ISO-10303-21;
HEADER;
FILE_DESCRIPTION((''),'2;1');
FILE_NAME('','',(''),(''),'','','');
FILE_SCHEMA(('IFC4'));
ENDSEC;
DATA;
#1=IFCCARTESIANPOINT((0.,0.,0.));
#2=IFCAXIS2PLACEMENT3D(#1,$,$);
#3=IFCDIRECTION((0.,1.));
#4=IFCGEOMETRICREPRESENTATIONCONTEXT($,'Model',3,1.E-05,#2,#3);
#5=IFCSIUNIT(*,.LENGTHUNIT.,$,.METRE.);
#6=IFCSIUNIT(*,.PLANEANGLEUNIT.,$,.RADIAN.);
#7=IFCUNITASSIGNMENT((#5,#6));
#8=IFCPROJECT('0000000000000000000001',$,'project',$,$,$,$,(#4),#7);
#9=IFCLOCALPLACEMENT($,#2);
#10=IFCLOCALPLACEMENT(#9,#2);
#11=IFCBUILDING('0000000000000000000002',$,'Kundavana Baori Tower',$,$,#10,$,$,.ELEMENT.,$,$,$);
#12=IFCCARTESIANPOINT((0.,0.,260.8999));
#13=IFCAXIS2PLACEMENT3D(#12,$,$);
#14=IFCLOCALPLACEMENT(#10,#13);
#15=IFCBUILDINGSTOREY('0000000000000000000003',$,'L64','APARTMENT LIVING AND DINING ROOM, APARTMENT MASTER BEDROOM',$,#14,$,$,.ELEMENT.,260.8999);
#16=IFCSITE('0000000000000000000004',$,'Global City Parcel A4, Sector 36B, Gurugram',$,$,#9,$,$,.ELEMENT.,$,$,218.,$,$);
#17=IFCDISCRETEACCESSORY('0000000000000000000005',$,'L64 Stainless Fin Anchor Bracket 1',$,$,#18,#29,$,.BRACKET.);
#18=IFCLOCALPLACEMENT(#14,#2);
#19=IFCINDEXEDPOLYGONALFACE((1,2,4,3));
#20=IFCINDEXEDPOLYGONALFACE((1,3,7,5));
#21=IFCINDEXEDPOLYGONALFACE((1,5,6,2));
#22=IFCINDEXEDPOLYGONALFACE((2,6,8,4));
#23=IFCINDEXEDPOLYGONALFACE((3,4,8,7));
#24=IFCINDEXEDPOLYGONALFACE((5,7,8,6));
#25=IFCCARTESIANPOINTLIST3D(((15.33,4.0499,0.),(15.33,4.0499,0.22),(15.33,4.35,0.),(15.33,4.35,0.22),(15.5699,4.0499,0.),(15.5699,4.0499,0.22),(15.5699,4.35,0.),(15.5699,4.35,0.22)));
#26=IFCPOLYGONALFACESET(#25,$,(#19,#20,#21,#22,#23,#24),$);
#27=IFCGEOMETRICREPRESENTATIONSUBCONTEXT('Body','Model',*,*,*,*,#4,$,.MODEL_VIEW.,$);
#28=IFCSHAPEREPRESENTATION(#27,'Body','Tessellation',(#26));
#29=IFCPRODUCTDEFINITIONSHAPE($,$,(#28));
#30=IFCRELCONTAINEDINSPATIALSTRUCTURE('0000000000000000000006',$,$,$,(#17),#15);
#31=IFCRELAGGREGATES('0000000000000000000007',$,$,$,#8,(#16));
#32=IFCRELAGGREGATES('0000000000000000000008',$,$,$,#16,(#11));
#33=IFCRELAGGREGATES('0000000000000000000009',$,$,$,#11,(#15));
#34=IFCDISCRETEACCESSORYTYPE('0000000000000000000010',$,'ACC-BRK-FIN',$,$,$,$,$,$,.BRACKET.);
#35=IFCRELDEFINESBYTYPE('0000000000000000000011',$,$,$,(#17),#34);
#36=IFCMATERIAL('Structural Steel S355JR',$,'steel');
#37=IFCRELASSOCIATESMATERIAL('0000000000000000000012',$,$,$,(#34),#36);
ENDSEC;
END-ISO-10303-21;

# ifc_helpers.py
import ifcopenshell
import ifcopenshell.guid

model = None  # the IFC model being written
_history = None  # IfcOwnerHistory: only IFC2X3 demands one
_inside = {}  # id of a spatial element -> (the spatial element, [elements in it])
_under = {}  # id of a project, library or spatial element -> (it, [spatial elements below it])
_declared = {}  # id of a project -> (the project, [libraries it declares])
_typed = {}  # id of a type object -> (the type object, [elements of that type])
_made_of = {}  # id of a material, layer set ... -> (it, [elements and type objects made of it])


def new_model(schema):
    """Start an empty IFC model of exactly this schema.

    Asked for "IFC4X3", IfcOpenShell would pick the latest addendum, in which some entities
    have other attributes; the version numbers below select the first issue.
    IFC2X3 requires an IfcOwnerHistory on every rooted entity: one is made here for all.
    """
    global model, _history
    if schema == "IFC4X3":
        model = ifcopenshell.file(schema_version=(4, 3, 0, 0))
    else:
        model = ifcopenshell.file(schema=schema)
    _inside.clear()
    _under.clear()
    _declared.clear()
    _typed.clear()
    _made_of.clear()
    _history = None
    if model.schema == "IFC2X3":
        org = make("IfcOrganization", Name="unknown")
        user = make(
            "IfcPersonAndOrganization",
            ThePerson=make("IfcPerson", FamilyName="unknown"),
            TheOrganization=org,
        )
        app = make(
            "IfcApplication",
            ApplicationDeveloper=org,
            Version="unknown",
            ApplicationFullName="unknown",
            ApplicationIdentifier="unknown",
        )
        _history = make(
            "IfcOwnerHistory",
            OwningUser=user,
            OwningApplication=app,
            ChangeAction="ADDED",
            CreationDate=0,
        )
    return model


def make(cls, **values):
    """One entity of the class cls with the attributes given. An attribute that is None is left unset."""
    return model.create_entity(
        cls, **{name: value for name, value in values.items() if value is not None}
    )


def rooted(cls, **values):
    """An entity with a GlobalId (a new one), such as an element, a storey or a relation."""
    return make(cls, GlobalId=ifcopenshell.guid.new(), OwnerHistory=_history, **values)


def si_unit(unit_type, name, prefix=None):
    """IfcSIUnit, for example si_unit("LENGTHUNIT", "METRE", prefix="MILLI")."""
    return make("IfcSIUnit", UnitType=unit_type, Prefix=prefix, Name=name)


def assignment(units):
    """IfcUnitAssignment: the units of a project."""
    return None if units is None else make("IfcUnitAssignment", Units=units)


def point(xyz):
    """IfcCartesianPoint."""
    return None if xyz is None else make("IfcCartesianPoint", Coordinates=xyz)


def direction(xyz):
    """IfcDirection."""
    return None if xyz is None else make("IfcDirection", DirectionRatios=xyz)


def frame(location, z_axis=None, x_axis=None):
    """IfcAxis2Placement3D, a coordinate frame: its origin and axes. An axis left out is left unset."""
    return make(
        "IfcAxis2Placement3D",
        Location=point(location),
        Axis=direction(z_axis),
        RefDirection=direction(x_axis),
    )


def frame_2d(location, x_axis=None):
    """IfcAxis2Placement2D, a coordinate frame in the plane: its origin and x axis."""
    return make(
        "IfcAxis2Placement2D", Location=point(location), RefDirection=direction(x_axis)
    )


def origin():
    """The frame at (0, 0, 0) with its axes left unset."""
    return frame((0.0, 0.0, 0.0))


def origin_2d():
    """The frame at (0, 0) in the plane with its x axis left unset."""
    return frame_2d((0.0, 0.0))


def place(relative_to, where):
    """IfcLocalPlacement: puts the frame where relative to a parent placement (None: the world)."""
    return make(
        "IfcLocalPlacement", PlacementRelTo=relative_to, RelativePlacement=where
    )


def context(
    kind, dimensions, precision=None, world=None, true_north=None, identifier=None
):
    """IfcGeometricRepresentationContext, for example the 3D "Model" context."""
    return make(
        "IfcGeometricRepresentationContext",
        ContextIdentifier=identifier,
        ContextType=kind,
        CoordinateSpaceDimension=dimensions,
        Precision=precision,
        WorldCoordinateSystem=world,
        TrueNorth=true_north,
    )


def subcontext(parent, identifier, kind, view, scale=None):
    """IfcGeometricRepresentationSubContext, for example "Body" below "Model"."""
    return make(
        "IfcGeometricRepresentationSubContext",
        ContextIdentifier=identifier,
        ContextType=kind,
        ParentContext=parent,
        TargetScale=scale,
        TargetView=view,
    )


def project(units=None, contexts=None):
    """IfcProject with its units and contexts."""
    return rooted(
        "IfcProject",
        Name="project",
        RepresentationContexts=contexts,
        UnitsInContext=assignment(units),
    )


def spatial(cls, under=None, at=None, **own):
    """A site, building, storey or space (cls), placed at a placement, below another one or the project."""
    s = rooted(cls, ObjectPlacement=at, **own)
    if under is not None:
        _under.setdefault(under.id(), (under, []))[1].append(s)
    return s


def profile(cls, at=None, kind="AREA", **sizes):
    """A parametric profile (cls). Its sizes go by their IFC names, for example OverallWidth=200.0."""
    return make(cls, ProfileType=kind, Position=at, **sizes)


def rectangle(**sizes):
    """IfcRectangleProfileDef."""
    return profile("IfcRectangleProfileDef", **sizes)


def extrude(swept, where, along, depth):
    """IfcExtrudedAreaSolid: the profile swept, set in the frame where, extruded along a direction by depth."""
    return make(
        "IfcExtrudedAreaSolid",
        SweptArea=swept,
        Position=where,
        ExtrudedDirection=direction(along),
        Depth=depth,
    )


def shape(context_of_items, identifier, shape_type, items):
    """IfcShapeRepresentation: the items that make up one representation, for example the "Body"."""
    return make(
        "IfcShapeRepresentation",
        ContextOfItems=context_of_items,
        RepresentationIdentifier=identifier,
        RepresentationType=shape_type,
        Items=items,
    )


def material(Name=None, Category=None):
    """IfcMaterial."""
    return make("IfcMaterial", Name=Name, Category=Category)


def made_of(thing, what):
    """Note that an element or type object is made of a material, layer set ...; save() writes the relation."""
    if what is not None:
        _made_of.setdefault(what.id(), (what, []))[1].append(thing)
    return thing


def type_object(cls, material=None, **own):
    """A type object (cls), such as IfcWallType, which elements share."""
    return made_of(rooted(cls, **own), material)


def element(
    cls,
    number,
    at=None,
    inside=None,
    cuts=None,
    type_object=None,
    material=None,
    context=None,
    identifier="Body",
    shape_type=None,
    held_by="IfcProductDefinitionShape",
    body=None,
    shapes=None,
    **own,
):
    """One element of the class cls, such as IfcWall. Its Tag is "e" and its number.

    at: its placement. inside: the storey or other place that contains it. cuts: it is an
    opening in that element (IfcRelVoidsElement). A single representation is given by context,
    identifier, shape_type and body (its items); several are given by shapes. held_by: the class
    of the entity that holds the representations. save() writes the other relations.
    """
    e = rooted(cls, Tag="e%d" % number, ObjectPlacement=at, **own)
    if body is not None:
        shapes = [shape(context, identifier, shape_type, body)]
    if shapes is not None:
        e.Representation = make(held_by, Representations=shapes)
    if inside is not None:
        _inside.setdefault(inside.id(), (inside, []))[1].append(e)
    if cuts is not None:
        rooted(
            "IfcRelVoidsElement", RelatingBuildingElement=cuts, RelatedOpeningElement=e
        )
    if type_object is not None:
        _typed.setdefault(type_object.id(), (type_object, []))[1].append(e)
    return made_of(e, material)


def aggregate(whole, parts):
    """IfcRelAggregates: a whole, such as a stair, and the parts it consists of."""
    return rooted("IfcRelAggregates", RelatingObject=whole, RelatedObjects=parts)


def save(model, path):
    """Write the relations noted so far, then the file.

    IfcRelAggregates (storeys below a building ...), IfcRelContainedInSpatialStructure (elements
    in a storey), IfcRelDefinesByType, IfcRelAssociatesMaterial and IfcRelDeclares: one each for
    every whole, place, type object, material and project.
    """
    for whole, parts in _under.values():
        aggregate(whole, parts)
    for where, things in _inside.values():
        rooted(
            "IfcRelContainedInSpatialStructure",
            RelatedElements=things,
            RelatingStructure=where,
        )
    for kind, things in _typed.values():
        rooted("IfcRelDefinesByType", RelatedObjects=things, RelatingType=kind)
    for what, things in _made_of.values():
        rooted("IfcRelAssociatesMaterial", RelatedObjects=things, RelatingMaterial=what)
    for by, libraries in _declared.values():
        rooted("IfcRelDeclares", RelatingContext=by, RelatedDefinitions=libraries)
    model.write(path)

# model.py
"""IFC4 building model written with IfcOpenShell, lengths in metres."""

from ifc_helpers import new_model, si_unit, direction, frame, origin, origin_2d, place, context, subcontext, project, spatial, rectangle, extrude, material, type_object, element, save


model = new_model("IFC4")

# Units and contexts
model_context = context("Model", 3, precision=1e-05, world=origin(), true_north=direction((0.0, 1.0)))
body_context = subcontext(model_context, "Body", "Model", "MODEL_VIEW")
ifc_project = project(units=[si_unit("LENGTHUNIT", "METRE"), si_unit("PLANEANGLEUNIT", "RADIAN")], contexts=[model_context])

# Site, building, storey
site_placement = place(None, origin())
site = spatial("IfcSite", under=ifc_project, at=site_placement, Name="Global City Parcel A4, Sector 36B, Gurugram", CompositionType="ELEMENT", RefElevation=218.0)
building_placement = place(site_placement, origin())
building = spatial("IfcBuilding", under=site, at=building_placement, Name="Kundavana Baori Tower", CompositionType="ELEMENT")
storey_placement = place(building_placement, frame((0.0, 0.0, 260.8999)))
storey = spatial("IfcBuildingStorey", under=building, at=storey_placement, Name="L64", Description="APARTMENT LIVING AND DINING ROOM, APARTMENT MASTER BEDROOM", CompositionType="ELEMENT", Elevation=260.8999)

# Discrete accessory
ifc_material_1 = material(Name="Structural Steel S355JR", Category="steel")
discrete_accessory_type = type_object("IfcDiscreteAccessoryType", Name="ACC-BRK-FIN", PredefinedType="BRACKET", material=ifc_material_1)
discrete_accessory_placement = place(storey_placement, frame((15.45, 4.2, 0.0), z_axis=(0.0, 0.0, 1.0), x_axis=(1.0, 0.0, 0.0)))
element("IfcDiscreteAccessory", 1, at=discrete_accessory_placement, inside=storey, type_object=discrete_accessory_type, Name="L64 Stainless Fin Anchor Bracket 1", PredefinedType="BRACKET", context=body_context, shape_type="SweptSolid", body=[
    extrude(rectangle(XDim=0.24, YDim=0.3, at=origin_2d()), origin(), (0.0, 0.0, 1.0), 0.22),
])

save(model, "model.ifc")
